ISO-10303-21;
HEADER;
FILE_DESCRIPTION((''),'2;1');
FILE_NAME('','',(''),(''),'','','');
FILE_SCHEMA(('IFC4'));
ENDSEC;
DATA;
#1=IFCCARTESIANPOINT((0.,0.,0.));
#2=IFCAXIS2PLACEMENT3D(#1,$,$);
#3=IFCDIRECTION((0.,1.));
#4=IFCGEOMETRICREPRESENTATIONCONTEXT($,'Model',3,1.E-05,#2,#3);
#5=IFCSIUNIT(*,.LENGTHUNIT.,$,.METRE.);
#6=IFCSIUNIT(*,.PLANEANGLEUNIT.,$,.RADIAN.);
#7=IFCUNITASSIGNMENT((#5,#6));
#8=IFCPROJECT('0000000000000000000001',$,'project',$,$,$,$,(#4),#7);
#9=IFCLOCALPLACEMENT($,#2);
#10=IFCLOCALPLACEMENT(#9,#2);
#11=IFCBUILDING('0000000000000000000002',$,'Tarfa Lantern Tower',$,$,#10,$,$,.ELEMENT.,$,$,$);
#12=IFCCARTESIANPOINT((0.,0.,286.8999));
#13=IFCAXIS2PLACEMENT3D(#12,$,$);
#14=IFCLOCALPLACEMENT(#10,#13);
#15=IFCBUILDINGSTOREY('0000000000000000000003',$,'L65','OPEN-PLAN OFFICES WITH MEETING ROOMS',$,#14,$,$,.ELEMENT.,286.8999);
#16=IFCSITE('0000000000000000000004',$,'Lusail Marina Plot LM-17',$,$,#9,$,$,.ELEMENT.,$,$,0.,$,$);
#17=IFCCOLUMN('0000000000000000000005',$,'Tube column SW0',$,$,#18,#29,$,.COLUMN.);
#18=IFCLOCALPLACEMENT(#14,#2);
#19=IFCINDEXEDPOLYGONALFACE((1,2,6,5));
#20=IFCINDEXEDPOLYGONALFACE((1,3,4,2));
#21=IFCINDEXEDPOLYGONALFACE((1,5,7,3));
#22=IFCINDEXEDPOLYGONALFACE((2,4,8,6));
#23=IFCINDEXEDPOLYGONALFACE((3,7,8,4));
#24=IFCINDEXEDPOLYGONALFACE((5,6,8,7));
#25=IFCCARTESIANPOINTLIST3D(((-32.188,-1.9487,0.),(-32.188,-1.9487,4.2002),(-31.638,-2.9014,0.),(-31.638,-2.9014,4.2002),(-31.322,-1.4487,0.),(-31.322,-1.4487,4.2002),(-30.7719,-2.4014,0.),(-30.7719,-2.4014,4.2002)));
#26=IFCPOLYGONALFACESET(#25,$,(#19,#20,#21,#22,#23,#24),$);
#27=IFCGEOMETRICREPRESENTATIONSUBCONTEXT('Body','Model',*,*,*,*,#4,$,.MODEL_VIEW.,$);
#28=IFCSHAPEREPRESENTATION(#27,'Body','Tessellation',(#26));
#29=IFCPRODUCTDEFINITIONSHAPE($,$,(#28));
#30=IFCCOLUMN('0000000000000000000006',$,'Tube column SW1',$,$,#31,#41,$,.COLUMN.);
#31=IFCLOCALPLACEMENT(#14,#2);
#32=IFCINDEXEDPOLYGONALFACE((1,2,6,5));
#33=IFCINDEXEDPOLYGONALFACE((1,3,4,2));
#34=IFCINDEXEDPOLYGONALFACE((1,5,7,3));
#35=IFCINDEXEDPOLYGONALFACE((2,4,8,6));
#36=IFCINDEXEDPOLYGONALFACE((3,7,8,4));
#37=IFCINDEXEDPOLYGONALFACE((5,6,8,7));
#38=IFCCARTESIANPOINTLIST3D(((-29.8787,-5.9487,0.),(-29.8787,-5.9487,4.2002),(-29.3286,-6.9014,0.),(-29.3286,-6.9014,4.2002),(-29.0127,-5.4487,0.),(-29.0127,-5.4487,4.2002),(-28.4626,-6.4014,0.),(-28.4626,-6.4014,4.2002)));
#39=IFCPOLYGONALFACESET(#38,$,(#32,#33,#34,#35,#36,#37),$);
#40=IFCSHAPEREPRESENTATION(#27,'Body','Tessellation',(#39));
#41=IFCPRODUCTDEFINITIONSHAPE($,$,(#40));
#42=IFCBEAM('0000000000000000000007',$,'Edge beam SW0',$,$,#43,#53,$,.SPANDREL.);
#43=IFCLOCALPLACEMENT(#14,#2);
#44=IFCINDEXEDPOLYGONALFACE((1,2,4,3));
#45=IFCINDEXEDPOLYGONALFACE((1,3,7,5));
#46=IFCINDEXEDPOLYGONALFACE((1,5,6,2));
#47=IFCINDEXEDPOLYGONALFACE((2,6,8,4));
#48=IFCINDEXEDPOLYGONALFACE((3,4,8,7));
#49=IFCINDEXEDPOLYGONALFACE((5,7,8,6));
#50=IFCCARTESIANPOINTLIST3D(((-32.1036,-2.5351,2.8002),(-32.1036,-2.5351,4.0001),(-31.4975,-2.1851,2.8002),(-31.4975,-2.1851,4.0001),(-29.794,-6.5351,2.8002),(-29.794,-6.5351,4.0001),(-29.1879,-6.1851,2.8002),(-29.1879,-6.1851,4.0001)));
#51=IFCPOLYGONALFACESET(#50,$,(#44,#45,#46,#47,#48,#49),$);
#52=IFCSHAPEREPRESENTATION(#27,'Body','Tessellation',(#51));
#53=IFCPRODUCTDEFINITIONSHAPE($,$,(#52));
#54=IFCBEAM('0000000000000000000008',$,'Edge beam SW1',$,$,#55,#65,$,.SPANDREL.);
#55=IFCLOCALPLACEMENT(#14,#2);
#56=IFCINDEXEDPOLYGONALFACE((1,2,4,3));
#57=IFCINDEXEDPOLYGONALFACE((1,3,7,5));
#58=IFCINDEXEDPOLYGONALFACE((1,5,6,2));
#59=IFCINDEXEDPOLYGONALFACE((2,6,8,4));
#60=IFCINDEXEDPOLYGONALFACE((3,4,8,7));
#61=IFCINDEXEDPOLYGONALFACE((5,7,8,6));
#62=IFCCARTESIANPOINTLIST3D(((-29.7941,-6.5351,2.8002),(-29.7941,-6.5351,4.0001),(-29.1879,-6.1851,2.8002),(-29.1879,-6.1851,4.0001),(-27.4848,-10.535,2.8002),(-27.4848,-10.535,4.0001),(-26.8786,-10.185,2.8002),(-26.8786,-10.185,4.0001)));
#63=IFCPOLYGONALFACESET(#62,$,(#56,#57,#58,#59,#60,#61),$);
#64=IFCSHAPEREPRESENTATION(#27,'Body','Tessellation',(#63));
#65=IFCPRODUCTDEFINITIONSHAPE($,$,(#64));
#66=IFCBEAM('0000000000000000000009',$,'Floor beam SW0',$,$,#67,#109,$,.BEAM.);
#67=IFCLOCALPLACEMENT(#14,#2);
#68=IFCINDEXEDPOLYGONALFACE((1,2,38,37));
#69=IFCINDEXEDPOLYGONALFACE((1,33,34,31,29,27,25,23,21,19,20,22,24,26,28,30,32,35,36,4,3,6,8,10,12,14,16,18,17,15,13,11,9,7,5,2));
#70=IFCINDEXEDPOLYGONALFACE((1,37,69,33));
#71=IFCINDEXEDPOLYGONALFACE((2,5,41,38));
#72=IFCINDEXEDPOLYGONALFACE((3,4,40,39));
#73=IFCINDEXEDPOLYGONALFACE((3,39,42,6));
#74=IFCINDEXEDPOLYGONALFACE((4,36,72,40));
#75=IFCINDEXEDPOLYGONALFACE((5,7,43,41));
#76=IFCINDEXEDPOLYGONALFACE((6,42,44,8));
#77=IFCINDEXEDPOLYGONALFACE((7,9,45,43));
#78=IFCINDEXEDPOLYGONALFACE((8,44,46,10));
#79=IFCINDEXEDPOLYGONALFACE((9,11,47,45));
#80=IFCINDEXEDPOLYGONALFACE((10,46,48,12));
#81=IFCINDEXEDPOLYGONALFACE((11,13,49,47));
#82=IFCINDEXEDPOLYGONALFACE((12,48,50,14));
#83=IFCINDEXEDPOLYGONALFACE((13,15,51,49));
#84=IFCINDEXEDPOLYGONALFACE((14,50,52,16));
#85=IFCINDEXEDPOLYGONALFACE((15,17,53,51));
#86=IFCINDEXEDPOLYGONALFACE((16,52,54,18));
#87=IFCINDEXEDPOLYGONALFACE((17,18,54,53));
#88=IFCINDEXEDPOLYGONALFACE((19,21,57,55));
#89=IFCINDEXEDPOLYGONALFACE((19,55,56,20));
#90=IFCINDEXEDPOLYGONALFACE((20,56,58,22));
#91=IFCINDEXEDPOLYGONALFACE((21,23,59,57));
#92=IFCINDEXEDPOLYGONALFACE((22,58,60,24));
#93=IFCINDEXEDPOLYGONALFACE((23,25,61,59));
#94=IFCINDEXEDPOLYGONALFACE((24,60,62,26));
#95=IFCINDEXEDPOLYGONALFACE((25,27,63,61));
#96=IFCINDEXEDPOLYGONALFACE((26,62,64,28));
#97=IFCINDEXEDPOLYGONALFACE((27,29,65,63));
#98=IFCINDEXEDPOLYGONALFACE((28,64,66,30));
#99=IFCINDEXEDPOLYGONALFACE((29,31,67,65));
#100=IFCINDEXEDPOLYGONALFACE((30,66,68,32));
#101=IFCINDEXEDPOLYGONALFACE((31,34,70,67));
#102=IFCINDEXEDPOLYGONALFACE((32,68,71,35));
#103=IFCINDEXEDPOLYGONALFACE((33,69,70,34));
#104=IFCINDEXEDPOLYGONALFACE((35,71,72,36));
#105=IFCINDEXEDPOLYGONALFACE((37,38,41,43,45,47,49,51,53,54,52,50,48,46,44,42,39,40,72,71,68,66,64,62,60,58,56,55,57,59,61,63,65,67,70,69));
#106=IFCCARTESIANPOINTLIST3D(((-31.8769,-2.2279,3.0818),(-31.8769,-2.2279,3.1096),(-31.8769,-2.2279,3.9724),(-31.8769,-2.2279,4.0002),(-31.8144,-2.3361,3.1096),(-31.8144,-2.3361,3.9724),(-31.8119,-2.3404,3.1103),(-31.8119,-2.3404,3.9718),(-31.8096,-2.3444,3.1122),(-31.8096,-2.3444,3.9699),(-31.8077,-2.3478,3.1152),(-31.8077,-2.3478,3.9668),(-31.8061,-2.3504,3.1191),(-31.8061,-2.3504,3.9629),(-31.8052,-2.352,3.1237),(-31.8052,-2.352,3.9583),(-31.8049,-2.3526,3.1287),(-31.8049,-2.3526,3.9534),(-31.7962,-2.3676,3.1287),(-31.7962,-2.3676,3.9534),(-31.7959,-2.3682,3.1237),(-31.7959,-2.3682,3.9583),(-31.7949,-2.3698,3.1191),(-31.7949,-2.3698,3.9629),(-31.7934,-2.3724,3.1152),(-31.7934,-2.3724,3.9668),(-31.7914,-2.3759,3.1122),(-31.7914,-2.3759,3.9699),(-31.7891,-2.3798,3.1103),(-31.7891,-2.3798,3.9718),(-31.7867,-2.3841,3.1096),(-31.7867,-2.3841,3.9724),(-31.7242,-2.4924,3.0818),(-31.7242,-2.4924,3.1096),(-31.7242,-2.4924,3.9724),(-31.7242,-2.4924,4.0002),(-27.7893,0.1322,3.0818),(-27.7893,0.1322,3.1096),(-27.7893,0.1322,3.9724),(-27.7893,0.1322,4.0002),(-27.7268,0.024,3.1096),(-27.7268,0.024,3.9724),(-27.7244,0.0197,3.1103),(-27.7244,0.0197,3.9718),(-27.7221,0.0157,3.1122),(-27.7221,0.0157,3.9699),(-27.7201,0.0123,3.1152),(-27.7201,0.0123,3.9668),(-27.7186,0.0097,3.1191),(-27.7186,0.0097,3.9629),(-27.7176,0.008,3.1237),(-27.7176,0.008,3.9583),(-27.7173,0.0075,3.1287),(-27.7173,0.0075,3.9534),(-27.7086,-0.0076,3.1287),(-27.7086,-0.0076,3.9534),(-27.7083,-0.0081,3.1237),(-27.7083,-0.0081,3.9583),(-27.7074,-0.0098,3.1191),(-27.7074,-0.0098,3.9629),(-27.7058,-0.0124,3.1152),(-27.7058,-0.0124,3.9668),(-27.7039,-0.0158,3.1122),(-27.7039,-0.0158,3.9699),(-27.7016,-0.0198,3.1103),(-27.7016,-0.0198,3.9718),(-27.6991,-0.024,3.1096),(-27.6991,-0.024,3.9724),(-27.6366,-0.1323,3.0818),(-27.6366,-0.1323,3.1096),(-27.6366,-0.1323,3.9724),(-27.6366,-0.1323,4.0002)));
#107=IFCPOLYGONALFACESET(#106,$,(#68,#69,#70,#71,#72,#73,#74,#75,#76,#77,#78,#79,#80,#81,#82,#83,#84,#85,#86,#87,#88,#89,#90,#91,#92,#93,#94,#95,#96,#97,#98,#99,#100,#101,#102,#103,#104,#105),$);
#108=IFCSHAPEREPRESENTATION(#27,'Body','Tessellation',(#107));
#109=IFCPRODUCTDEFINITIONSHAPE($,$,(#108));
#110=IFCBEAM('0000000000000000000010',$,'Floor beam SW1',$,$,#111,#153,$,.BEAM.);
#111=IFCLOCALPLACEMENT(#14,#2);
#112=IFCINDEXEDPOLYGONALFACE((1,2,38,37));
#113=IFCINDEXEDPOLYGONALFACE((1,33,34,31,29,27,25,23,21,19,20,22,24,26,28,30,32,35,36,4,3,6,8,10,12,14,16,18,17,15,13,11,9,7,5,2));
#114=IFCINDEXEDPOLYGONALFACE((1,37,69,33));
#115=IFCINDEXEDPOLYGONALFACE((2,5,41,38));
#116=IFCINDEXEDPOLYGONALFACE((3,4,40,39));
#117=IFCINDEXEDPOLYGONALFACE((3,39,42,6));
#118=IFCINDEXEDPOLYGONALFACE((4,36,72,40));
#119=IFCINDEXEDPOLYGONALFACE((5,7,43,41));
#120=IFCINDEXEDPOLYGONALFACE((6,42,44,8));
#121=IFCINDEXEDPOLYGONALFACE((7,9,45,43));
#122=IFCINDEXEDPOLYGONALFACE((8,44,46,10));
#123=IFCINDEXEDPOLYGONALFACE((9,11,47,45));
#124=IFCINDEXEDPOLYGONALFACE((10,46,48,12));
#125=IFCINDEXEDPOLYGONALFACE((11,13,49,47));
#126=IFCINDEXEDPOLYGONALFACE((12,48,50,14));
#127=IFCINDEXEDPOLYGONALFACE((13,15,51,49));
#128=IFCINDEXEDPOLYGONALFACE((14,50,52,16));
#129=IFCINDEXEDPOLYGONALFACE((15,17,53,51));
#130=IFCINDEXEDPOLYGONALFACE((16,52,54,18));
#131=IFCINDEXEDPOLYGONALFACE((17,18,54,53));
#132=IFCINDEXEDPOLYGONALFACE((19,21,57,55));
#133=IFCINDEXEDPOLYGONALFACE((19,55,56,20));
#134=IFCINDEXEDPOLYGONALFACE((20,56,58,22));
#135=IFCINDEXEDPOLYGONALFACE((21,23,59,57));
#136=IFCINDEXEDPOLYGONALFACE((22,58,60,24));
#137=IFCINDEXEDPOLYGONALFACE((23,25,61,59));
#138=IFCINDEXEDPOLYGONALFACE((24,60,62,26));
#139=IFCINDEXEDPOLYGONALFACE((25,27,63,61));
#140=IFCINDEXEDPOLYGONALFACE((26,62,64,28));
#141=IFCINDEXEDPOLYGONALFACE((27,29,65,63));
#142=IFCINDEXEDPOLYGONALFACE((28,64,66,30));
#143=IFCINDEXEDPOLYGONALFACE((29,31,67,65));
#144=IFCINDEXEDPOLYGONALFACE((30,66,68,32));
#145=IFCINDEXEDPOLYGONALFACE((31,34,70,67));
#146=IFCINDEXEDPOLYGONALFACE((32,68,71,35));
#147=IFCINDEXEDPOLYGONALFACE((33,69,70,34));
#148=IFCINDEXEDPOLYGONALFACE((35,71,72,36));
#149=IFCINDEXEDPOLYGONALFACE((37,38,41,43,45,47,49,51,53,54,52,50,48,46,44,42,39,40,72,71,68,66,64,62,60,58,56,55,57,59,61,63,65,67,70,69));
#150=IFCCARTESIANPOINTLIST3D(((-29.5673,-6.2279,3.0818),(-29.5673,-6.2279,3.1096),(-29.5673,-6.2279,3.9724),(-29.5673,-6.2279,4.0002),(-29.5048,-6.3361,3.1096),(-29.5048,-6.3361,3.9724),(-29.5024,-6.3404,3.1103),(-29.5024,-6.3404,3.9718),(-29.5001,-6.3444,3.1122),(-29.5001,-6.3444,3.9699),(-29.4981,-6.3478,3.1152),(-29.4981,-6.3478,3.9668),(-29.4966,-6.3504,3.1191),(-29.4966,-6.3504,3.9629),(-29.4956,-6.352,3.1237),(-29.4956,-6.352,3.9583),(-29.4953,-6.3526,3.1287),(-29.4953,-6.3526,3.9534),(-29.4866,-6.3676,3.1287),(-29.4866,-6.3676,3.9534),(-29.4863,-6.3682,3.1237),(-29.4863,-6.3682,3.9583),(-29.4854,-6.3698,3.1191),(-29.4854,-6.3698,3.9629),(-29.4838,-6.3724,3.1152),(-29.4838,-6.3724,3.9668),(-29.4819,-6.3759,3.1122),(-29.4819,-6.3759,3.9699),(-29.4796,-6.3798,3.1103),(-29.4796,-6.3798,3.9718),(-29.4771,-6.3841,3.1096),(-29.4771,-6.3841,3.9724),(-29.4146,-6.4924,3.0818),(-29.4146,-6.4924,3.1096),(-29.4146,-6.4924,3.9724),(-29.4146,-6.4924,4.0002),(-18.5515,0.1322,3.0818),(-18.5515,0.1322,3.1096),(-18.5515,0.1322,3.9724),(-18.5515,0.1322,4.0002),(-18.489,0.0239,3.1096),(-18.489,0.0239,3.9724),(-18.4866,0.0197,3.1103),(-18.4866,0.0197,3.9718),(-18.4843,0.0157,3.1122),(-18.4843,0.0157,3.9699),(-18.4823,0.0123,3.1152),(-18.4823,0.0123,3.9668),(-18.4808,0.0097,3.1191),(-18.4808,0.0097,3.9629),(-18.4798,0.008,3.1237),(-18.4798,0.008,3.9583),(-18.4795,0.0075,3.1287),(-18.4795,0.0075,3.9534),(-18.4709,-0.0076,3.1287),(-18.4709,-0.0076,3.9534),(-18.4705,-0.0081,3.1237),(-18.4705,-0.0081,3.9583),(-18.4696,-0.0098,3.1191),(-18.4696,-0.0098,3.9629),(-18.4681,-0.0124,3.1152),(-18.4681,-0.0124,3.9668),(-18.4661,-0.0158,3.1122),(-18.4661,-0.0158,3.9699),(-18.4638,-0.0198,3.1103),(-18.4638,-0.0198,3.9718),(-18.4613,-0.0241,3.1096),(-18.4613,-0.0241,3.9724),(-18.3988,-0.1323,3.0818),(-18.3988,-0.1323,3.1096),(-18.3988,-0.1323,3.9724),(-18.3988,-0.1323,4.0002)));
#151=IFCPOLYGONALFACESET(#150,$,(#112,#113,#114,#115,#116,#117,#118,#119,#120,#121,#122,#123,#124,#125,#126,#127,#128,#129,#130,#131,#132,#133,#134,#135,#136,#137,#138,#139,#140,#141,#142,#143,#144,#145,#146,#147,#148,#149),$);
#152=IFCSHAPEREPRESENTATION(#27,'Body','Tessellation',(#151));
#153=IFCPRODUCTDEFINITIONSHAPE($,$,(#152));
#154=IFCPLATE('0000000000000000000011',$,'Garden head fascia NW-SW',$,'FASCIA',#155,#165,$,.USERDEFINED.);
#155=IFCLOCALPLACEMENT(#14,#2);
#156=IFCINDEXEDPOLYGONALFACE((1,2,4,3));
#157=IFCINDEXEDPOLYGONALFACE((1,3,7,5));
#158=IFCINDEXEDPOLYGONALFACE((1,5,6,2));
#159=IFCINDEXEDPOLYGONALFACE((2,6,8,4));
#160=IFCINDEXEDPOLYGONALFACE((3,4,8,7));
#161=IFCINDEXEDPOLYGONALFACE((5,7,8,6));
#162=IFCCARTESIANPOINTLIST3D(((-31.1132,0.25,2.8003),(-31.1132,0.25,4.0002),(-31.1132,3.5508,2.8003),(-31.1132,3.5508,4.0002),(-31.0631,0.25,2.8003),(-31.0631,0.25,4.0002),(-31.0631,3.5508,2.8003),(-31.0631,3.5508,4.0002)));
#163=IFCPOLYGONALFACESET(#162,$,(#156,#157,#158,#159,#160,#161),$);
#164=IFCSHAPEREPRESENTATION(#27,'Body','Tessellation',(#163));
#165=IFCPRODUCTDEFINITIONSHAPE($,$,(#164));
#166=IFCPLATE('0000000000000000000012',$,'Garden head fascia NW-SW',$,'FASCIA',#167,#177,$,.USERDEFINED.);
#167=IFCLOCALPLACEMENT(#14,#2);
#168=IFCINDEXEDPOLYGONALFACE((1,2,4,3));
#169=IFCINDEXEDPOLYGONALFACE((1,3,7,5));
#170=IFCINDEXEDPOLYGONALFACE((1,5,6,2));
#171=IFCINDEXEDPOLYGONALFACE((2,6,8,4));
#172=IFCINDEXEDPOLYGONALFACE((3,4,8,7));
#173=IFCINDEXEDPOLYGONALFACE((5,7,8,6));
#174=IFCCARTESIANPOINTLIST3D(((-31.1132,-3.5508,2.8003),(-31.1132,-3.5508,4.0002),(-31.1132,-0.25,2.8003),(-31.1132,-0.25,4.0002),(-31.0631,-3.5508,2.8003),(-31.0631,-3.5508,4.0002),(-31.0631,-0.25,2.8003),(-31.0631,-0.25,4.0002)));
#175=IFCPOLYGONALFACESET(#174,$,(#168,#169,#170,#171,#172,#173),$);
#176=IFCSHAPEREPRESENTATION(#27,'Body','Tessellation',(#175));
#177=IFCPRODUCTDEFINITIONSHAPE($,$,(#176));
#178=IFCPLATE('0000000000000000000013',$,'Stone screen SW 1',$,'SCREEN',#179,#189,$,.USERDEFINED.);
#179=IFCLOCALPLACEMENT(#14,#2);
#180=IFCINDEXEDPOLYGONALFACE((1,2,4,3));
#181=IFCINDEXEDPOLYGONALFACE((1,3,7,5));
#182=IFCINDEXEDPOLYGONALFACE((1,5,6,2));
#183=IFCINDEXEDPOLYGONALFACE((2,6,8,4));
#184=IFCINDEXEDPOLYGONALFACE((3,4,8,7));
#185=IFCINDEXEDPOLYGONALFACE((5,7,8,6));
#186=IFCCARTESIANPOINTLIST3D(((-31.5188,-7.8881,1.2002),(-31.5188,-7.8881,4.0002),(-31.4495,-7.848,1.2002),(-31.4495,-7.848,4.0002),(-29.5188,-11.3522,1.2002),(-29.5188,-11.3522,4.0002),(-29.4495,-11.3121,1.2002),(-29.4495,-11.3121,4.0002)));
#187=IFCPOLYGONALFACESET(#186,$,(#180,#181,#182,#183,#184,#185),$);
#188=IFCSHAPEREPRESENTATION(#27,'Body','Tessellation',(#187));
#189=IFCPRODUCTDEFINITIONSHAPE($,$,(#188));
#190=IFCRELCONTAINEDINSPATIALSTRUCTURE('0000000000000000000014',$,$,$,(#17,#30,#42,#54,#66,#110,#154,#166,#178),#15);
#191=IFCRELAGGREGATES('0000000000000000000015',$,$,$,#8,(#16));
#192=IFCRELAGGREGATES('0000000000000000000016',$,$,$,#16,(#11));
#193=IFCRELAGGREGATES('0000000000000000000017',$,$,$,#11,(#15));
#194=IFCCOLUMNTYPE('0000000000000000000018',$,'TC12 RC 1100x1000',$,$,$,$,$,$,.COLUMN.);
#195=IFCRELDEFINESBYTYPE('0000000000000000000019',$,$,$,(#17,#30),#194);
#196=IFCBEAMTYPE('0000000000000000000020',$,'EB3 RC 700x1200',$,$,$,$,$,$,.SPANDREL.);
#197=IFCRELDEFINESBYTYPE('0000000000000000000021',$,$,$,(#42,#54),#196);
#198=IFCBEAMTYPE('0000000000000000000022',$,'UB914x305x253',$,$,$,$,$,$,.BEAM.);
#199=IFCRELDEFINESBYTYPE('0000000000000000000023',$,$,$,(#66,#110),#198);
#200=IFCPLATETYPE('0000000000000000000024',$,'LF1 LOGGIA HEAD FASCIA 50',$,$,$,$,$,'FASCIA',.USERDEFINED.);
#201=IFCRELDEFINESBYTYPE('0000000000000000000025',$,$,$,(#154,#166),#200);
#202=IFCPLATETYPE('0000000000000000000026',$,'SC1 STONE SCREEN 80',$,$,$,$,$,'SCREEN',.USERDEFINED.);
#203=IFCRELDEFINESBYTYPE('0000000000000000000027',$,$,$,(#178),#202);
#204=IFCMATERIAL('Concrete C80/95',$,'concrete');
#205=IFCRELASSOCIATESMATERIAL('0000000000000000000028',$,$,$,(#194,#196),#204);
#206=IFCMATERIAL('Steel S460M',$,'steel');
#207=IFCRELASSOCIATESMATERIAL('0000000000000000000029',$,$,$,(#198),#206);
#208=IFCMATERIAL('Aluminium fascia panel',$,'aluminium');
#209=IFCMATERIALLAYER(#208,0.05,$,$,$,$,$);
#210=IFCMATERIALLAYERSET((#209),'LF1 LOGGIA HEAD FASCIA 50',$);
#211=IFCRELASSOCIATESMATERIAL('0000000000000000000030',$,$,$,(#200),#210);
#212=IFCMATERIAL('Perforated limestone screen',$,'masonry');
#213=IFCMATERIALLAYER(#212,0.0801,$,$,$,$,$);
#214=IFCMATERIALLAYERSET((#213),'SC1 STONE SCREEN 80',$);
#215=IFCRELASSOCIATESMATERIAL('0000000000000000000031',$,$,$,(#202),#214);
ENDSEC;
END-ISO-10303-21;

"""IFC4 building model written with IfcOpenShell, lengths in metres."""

from ifc_helpers import new_model, si_unit, direction, frame, origin, origin_2d, place, context, subcontext, project, spatial, rectangle, i_section, extrude, material, layer, layer_set, material_profile, profile_set, type_object, element, save


model = new_model("IFC4")

# Units and contexts
model_context = context("Model", 3, precision=1e-05, world=origin(), true_north=direction((0.0, 1.0)))
body_context = subcontext(model_context, "Body", "Model", "MODEL_VIEW")
ifc_project = project(units=[si_unit("LENGTHUNIT", "METRE"), si_unit("PLANEANGLEUNIT", "RADIAN")], contexts=[model_context])

# Site, building, storey
site_placement = place(None, origin())
site = spatial("IfcSite", under=ifc_project, at=site_placement, Name="Lusail Marina Plot LM-17", CompositionType="ELEMENT", RefElevation=0.0)
building_placement = place(site_placement, origin())
building = spatial("IfcBuilding", under=site, at=building_placement, Name="Tarfa Lantern Tower", CompositionType="ELEMENT")
storey_placement = place(building_placement, frame((0.0, 0.0, 286.8999)))
storey = spatial("IfcBuildingStorey", under=building, at=storey_placement, Name="L65", Description="OPEN-PLAN OFFICES WITH MEETING ROOMS", CompositionType="ELEMENT", Elevation=286.8999)

# Columns
ifc_material_1 = material(Name="Concrete C80/95", Category="concrete")
ifc_material_profile_1 = material_profile(ifc_material_1, rectangle(XDim=1.1001, YDim=1.0, at=origin_2d()), Name="RC 1100x1000")
ifc_profile_set_1 = profile_set([ifc_material_profile_1], Name="Concrete C80/95")
column_type = type_object("IfcColumnType", Name="TC12 RC 1100x1000", PredefinedType="COLUMN", material=ifc_profile_set_1)
for number, where, z_axis, x_axis, name in (
    (1, (-31.48, -2.175, 0.0), (0.0, 0.0, 1.0), (0.5, -0.866025, 0.0), "Tube column SW0"),
    (2, (-29.1707, -6.175, 0.0), (0.0, 0.0, 1.0), (0.5, -0.866025, 0.0), "Tube column SW1"),
):
    element("IfcColumn", number, at=place(storey_placement, frame(where, z_axis=z_axis, x_axis=x_axis)), inside=storey, type_object=column_type, Name=name, PredefinedType="COLUMN", context=body_context, shape_type="SweptSolid", body=[
        extrude(rectangle(XDim=1.1001, YDim=1.0, at=origin_2d()), origin(), (0.0, 0.0, 1.0), 4.2002),
    ])

# Beams
ifc_material_profile_2 = material_profile(ifc_material_1, rectangle(XDim=0.7, YDim=1.2, at=origin_2d()), Name="RC 700x1200")
ifc_profile_set_2 = profile_set([ifc_material_profile_2], Name="Concrete C80/95")
beam_type_1 = type_object("IfcBeamType", Name="EB3 RC 700x1200", PredefinedType="SPANDREL", material=ifc_profile_set_2)
beam_1_placement = place(storey_placement, frame((-31.8005, -2.3601, 3.4001), z_axis=(0.500027, -0.86601, 0.0), x_axis=(0.86601, 0.500027, 0.0)))
element("IfcBeam", 3, at=beam_1_placement, inside=storey, type_object=beam_type_1, Name="Edge beam SW0", PredefinedType="SPANDREL", context=body_context, shape_type="SweptSolid", body=[
    extrude(rectangle(XDim=0.7, YDim=1.2, at=origin_2d()), origin(), (0.0, 0.0, 1.0), 4.6189),
])
beam_2_placement = place(storey_placement, frame((-29.491, -6.3601, 3.4001), z_axis=(0.499988, -0.866032, 0.0), x_axis=(0.866032, 0.499988, 0.0)))
element("IfcBeam", 4, at=beam_2_placement, inside=storey, type_object=beam_type_1, Name="Edge beam SW1", PredefinedType="SPANDREL", context=body_context, shape_type="SweptSolid", body=[
    extrude(rectangle(XDim=0.7, YDim=1.2, at=origin_2d()), origin(), (0.0, 0.0, 1.0), 4.6187),
])
ifc_material_2 = material(Name="Steel S460M", Category="steel")
ifc_material_profile_3 = material_profile(ifc_material_2, i_section(OverallWidth=0.3054, OverallDepth=0.9185, WebThickness=0.0173, FlangeThickness=0.0278, FilletRadius=0.019, at=origin_2d()), Name="UB914x305x253")
ifc_profile_set_3 = profile_set([ifc_material_profile_3], Name="Steel S460M")
beam_type_2 = type_object("IfcBeamType", Name="UB914x305x253", PredefinedType="BEAM", material=ifc_profile_set_3)
beam_3_placement = place(storey_placement, frame((-31.8005, -2.3601, 3.541), z_axis=(0.866016, 0.500016, 0.0), x_axis=(-0.500016, 0.866016, 0.0)))
element("IfcBeam", 5, at=beam_3_placement, inside=storey, type_object=beam_type_2, Name="Floor beam SW0", PredefinedType="BEAM", context=body_context, shape_type="SweptSolid", body=[
    extrude(i_section(OverallWidth=0.3054, OverallDepth=0.9185, WebThickness=0.0173, FlangeThickness=0.0278, FilletRadius=0.019, at=origin_2d()), origin(), (0.0, 0.0, 1.0), 4.72),
])
beam_4_placement = place(storey_placement, frame((-29.491, -6.3601, 3.541), z_axis=(0.866022, 0.500005, 0.0), x_axis=(-0.500005, 0.866022, 0.0)))
element("IfcBeam", 6, at=beam_4_placement, inside=storey, type_object=beam_type_2, Name="Floor beam SW1", PredefinedType="BEAM", context=body_context, shape_type="SweptSolid", body=[
    extrude(i_section(OverallWidth=0.3054, OverallDepth=0.9185, WebThickness=0.0173, FlangeThickness=0.0278, FilletRadius=0.019, at=origin_2d()), origin(), (0.0, 0.0, 1.0), 12.72),
])

# Plates
ifc_material_3 = material(Name="Aluminium fascia panel", Category="aluminium")
ifc_layer_1 = layer(ifc_material_3, 0.05)
ifc_layer_set_1 = layer_set([ifc_layer_1], Name="LF1 LOGGIA HEAD FASCIA 50")
plate_type_1 = type_object("IfcPlateType", Name="LF1 LOGGIA HEAD FASCIA 50", ElementType="FASCIA", PredefinedType="USERDEFINED", material=ifc_layer_set_1)
for number, where, z_axis, x_axis, name in (
    (7, (-31.0881, 1.9004, 2.8003), (0.0, 0.0, 1.0), (0.0, -1.0, 0.0), "Garden head fascia NW-SW"),
    (8, (-31.0881, -1.9004, 2.8003), (0.0, 0.0, 1.0), (0.0, -1.0, 0.0), "Garden head fascia NW-SW"),
):
    element("IfcPlate", number, at=place(storey_placement, frame(where, z_axis=z_axis, x_axis=x_axis)), inside=storey, type_object=plate_type_1, Name=name, ObjectType="FASCIA", PredefinedType="USERDEFINED", context=body_context, shape_type="SweptSolid", body=[
        extrude(rectangle(XDim=3.3008, YDim=0.05, at=origin_2d()), origin(), (0.0, 0.0, 1.0), 1.2),
    ])
ifc_material_4 = material(Name="Perforated limestone screen", Category="masonry")
ifc_layer_2 = layer(ifc_material_4, 0.0801)
ifc_layer_set_2 = layer_set([ifc_layer_2], Name="SC1 STONE SCREEN 80")
plate_type_2 = type_object("IfcPlateType", Name="SC1 STONE SCREEN 80", ElementType="SCREEN", PredefinedType="USERDEFINED", material=ifc_layer_set_2)
plate_placement = place(storey_placement, frame((-30.4841, -9.6001, 1.2002), z_axis=(0.0, 0.0, 1.0), x_axis=(0.5, -0.866025, 0.0)))
element("IfcPlate", 9, at=plate_placement, inside=storey, type_object=plate_type_2, Name="Stone screen SW 1", ObjectType="SCREEN", PredefinedType="USERDEFINED", context=body_context, shape_type="SweptSolid", body=[
    extrude(rectangle(XDim=4.0, YDim=0.0801, at=origin_2d()), origin(), (0.0, 0.0, 1.0), 2.8),
])

save(model, "model.ifc")
